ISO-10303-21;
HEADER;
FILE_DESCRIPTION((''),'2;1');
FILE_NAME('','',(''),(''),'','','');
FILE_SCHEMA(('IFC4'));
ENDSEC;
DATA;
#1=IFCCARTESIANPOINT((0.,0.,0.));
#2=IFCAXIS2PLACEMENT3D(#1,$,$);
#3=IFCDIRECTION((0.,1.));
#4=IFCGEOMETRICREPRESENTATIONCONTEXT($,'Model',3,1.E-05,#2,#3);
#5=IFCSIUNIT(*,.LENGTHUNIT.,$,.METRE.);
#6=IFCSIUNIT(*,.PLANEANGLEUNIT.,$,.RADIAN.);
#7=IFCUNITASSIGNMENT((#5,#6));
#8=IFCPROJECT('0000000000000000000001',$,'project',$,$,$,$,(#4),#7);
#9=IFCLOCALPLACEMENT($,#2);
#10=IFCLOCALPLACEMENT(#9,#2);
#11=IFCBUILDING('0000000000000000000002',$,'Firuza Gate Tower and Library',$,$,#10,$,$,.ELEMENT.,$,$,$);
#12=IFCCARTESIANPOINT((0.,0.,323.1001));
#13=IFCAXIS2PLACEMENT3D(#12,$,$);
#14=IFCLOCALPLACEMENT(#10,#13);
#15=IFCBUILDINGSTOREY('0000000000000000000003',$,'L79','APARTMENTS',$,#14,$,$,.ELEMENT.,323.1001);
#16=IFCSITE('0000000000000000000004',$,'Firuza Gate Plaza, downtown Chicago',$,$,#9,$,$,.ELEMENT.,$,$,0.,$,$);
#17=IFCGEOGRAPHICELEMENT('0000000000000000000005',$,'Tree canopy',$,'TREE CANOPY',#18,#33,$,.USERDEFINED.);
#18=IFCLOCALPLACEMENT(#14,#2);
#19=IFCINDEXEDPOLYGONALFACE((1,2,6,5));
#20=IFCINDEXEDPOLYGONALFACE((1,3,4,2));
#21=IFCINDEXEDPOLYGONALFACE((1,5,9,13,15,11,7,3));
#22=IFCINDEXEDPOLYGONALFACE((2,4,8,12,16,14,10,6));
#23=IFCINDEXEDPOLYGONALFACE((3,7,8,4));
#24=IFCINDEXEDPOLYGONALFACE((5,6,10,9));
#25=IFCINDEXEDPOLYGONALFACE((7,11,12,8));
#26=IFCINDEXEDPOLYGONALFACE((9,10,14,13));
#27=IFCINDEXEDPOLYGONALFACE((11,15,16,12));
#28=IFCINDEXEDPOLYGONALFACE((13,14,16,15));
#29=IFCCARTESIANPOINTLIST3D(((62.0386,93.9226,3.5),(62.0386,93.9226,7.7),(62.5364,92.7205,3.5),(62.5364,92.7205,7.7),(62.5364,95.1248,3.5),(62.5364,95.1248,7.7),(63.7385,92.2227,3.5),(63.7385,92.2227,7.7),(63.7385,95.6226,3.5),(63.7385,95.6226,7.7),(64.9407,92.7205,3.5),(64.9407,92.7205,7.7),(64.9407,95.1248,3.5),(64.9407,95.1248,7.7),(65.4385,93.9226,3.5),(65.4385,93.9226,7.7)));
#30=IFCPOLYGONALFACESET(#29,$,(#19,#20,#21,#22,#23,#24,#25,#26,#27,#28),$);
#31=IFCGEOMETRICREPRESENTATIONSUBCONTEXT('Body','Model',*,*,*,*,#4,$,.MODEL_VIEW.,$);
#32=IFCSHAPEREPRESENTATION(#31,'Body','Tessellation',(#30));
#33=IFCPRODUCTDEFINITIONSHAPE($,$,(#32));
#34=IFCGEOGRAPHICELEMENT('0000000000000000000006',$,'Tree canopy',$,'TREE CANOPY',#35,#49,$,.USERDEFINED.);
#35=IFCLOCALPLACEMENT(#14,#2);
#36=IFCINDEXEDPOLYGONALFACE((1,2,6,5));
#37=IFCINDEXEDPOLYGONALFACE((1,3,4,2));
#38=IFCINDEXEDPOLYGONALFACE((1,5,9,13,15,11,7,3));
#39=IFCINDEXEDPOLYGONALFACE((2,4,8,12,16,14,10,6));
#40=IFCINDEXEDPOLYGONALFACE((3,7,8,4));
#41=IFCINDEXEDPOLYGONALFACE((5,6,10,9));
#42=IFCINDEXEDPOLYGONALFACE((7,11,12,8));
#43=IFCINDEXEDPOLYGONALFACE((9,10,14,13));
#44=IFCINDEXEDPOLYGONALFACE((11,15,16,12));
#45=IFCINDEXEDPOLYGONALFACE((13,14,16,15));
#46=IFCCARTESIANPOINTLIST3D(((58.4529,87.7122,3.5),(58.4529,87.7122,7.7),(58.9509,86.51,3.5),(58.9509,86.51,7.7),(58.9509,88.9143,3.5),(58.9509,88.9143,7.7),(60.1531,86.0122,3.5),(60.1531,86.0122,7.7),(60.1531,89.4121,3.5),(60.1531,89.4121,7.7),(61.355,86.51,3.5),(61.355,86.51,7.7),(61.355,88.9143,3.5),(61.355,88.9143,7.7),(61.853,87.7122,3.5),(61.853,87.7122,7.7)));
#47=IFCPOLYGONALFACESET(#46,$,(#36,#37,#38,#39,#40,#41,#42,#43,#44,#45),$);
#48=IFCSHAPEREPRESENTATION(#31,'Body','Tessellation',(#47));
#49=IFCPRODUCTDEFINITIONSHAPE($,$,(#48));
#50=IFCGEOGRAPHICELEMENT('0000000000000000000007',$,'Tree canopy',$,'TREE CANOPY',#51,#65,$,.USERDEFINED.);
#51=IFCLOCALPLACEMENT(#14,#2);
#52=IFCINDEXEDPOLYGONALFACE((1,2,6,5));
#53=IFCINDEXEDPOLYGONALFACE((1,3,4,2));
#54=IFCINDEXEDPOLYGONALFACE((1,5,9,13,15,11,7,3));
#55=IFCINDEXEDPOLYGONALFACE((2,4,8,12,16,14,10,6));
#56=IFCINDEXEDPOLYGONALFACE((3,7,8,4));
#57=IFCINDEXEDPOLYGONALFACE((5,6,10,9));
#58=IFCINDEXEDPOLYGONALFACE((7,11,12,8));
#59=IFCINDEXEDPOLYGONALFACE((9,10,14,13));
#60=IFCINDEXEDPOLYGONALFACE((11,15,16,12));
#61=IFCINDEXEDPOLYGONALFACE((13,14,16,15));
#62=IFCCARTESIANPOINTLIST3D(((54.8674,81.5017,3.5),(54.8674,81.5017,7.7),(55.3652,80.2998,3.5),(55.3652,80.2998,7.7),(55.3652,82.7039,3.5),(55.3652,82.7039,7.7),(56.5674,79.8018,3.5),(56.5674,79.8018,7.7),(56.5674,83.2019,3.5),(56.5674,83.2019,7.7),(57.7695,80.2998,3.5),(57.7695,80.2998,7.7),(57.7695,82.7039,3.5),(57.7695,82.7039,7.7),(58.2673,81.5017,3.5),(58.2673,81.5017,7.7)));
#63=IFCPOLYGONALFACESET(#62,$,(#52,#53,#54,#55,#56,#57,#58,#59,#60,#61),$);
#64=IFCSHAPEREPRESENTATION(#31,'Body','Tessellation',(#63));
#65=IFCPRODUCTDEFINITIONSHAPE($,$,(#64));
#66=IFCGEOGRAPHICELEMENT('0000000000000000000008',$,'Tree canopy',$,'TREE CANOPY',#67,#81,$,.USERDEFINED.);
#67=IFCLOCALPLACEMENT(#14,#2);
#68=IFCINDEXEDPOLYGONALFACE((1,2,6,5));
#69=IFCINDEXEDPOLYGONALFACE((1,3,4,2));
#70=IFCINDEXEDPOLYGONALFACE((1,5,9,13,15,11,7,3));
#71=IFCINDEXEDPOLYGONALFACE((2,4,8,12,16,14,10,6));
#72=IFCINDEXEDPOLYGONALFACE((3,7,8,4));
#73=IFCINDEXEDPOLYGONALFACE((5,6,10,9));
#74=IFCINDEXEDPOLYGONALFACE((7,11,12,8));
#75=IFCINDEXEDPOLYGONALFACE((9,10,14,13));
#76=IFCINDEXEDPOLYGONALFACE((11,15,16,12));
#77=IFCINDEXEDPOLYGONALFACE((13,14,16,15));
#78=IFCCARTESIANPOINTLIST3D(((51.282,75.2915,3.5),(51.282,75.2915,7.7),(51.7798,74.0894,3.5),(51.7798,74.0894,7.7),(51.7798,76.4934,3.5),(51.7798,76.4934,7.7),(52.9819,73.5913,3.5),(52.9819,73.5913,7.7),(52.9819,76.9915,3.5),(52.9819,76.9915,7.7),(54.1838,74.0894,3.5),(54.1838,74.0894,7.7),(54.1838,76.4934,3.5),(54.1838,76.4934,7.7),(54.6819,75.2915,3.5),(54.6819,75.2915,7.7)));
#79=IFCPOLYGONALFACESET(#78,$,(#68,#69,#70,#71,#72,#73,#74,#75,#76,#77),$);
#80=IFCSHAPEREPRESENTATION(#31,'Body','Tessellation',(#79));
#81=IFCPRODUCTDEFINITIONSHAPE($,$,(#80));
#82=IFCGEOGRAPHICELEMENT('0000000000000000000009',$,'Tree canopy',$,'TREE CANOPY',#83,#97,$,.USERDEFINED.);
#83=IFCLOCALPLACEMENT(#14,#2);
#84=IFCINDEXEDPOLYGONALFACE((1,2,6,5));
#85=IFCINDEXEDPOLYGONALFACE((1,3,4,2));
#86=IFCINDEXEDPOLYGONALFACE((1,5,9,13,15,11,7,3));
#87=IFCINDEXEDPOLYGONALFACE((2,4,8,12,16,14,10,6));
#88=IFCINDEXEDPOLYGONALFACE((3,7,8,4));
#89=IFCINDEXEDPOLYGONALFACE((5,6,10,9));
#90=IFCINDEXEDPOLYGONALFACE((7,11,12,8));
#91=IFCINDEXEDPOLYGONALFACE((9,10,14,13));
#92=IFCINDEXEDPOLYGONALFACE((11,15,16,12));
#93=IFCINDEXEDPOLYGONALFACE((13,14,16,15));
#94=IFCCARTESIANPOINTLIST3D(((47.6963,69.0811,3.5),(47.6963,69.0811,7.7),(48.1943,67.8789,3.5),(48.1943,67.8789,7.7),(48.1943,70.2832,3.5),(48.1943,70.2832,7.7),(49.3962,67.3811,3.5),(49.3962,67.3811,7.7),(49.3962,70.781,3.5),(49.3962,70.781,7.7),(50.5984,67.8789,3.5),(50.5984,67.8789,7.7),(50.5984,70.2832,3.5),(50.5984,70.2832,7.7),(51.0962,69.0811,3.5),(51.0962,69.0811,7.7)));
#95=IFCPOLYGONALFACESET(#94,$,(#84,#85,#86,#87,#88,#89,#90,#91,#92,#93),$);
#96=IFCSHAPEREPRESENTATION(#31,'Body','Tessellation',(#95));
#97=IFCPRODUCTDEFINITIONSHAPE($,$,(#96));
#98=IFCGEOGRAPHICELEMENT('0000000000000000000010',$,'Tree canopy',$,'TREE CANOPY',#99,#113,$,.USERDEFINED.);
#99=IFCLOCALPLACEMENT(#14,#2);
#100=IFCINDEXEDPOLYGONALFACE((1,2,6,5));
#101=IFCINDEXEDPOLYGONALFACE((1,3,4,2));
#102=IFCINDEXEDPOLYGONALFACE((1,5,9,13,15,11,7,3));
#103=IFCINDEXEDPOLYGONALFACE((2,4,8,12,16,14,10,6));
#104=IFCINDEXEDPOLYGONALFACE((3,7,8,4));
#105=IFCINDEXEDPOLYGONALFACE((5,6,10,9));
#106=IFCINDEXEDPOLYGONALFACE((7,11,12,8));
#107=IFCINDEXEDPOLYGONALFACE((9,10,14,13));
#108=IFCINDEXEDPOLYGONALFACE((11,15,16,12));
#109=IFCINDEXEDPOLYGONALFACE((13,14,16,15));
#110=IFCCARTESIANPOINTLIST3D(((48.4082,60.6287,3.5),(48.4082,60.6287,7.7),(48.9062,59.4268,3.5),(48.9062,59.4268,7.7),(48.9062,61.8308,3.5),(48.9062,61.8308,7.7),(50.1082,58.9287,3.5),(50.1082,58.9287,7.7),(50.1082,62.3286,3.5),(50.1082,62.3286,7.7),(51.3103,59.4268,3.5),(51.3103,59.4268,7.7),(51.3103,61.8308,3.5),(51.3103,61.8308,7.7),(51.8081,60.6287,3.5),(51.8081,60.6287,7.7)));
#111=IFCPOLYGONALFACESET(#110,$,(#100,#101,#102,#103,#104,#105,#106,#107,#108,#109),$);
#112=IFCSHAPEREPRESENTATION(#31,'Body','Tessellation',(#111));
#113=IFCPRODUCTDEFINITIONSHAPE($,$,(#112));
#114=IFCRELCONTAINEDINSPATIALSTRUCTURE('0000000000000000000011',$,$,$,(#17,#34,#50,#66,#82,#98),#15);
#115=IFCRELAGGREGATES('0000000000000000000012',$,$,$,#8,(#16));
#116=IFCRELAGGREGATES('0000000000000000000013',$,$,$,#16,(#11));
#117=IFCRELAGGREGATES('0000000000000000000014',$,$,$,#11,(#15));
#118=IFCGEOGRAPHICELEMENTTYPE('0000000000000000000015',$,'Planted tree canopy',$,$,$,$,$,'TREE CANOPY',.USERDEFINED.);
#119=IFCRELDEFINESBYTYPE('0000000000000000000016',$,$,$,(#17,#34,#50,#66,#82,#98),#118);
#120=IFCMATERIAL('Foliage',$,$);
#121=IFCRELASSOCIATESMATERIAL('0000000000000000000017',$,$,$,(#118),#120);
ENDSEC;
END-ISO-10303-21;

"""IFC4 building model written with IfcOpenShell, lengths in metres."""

from ifc_helpers import new_model, si_unit, direction, frame, origin, place, context, subcontext, project, spatial, polyline, outline, extrude, material, type_object, element, save


model = new_model("IFC4")

# Units and contexts
model_context = context("Model", 3, precision=1e-05, world=origin(), true_north=direction((0.0, 1.0)))
body_context = subcontext(model_context, "Body", "Model", "MODEL_VIEW")
ifc_project = project(units=[si_unit("LENGTHUNIT", "METRE"), si_unit("PLANEANGLEUNIT", "RADIAN")], contexts=[model_context])

# Site, building, storey
site_placement = place(None, origin())
site = spatial("IfcSite", under=ifc_project, at=site_placement, Name="Firuza Gate Plaza, downtown Chicago", CompositionType="ELEMENT", RefElevation=0.0)
building_placement = place(site_placement, origin())
building = spatial("IfcBuilding", under=site, at=building_placement, Name="Firuza Gate Tower and Library", CompositionType="ELEMENT")
storey_placement = place(building_placement, frame((0.0, 0.0, 323.1001)))
storey = spatial("IfcBuildingStorey", under=building, at=storey_placement, Name="L79", Description="APARTMENTS", CompositionType="ELEMENT", Elevation=323.1001)

# Shared definitions
placement_1 = place(storey_placement, frame((0.0, 0.0, 3.5)))

# Geographic elements
ifc_material_1 = material(Name="Foliage")
geographic_element_type = type_object("IfcGeographicElementType", Name="Planted tree canopy", ElementType="TREE CANOPY", PredefinedType="USERDEFINED", material=ifc_material_1)
element("IfcGeographicElement", 1, at=placement_1, inside=storey, type_object=geographic_element_type, Name="Tree canopy", ObjectType="TREE CANOPY", PredefinedType="USERDEFINED", context=body_context, shape_type="SweptSolid", body=[
    extrude(outline(polyline([(65.4385, 93.9226), (64.9407, 95.1248), (63.7385, 95.6226), (62.5364, 95.1248), (62.0386, 93.9226), (62.5364, 92.7205), (63.7385, 92.2227), (64.9407, 92.7205), (65.4385, 93.9226)])), origin(), (0.0, 0.0, 1.0), 4.2),
])
element("IfcGeographicElement", 2, at=placement_1, inside=storey, type_object=geographic_element_type, Name="Tree canopy", ObjectType="TREE CANOPY", PredefinedType="USERDEFINED", context=body_context, shape_type="SweptSolid", body=[
    extrude(outline(polyline([(61.853, 87.7122), (61.355, 88.9143), (60.1531, 89.4121), (58.9509, 88.9143), (58.4529, 87.7122), (58.9509, 86.51), (60.1531, 86.0122), (61.355, 86.51), (61.853, 87.7122)])), origin(), (0.0, 0.0, 1.0), 4.2),
])
element("IfcGeographicElement", 3, at=placement_1, inside=storey, type_object=geographic_element_type, Name="Tree canopy", ObjectType="TREE CANOPY", PredefinedType="USERDEFINED", context=body_context, shape_type="SweptSolid", body=[
    extrude(outline(polyline([(58.2673, 81.5017), (57.7695, 82.7039), (56.5674, 83.2019), (55.3652, 82.7039), (54.8674, 81.5017), (55.3652, 80.2998), (56.5674, 79.8018), (57.7695, 80.2998), (58.2673, 81.5017)])), origin(), (0.0, 0.0, 1.0), 4.2),
])
element("IfcGeographicElement", 4, at=placement_1, inside=storey, type_object=geographic_element_type, Name="Tree canopy", ObjectType="TREE CANOPY", PredefinedType="USERDEFINED", context=body_context, shape_type="SweptSolid", body=[
    extrude(outline(polyline([(54.6819, 75.2915), (54.1838, 76.4934), (52.9819, 76.9915), (51.7798, 76.4934), (51.282, 75.2915), (51.7798, 74.0894), (52.9819, 73.5913), (54.1838, 74.0894), (54.6819, 75.2915)])), origin(), (0.0, 0.0, 1.0), 4.2),
])
element("IfcGeographicElement", 5, at=placement_1, inside=storey, type_object=geographic_element_type, Name="Tree canopy", ObjectType="TREE CANOPY", PredefinedType="USERDEFINED", context=body_context, shape_type="SweptSolid", body=[
    extrude(outline(polyline([(51.0962, 69.0811), (50.5984, 70.2832), (49.3962, 70.781), (48.1943, 70.2832), (47.6963, 69.0811), (48.1943, 67.8789), (49.3962, 67.3811), (50.5984, 67.8789), (51.0962, 69.0811)])), origin(), (0.0, 0.0, 1.0), 4.2),
])
element("IfcGeographicElement", 6, at=placement_1, inside=storey, type_object=geographic_element_type, Name="Tree canopy", ObjectType="TREE CANOPY", PredefinedType="USERDEFINED", context=body_context, shape_type="SweptSolid", body=[
    extrude(outline(polyline([(51.8081, 60.6287), (51.3103, 61.8308), (50.1082, 62.3286), (48.9062, 61.8308), (48.4082, 60.6287), (48.9062, 59.4268), (50.1082, 58.9287), (51.3103, 59.4268), (51.8081, 60.6287)])), origin(), (0.0, 0.0, 1.0), 4.2),
])

save(model, "model.ifc")
